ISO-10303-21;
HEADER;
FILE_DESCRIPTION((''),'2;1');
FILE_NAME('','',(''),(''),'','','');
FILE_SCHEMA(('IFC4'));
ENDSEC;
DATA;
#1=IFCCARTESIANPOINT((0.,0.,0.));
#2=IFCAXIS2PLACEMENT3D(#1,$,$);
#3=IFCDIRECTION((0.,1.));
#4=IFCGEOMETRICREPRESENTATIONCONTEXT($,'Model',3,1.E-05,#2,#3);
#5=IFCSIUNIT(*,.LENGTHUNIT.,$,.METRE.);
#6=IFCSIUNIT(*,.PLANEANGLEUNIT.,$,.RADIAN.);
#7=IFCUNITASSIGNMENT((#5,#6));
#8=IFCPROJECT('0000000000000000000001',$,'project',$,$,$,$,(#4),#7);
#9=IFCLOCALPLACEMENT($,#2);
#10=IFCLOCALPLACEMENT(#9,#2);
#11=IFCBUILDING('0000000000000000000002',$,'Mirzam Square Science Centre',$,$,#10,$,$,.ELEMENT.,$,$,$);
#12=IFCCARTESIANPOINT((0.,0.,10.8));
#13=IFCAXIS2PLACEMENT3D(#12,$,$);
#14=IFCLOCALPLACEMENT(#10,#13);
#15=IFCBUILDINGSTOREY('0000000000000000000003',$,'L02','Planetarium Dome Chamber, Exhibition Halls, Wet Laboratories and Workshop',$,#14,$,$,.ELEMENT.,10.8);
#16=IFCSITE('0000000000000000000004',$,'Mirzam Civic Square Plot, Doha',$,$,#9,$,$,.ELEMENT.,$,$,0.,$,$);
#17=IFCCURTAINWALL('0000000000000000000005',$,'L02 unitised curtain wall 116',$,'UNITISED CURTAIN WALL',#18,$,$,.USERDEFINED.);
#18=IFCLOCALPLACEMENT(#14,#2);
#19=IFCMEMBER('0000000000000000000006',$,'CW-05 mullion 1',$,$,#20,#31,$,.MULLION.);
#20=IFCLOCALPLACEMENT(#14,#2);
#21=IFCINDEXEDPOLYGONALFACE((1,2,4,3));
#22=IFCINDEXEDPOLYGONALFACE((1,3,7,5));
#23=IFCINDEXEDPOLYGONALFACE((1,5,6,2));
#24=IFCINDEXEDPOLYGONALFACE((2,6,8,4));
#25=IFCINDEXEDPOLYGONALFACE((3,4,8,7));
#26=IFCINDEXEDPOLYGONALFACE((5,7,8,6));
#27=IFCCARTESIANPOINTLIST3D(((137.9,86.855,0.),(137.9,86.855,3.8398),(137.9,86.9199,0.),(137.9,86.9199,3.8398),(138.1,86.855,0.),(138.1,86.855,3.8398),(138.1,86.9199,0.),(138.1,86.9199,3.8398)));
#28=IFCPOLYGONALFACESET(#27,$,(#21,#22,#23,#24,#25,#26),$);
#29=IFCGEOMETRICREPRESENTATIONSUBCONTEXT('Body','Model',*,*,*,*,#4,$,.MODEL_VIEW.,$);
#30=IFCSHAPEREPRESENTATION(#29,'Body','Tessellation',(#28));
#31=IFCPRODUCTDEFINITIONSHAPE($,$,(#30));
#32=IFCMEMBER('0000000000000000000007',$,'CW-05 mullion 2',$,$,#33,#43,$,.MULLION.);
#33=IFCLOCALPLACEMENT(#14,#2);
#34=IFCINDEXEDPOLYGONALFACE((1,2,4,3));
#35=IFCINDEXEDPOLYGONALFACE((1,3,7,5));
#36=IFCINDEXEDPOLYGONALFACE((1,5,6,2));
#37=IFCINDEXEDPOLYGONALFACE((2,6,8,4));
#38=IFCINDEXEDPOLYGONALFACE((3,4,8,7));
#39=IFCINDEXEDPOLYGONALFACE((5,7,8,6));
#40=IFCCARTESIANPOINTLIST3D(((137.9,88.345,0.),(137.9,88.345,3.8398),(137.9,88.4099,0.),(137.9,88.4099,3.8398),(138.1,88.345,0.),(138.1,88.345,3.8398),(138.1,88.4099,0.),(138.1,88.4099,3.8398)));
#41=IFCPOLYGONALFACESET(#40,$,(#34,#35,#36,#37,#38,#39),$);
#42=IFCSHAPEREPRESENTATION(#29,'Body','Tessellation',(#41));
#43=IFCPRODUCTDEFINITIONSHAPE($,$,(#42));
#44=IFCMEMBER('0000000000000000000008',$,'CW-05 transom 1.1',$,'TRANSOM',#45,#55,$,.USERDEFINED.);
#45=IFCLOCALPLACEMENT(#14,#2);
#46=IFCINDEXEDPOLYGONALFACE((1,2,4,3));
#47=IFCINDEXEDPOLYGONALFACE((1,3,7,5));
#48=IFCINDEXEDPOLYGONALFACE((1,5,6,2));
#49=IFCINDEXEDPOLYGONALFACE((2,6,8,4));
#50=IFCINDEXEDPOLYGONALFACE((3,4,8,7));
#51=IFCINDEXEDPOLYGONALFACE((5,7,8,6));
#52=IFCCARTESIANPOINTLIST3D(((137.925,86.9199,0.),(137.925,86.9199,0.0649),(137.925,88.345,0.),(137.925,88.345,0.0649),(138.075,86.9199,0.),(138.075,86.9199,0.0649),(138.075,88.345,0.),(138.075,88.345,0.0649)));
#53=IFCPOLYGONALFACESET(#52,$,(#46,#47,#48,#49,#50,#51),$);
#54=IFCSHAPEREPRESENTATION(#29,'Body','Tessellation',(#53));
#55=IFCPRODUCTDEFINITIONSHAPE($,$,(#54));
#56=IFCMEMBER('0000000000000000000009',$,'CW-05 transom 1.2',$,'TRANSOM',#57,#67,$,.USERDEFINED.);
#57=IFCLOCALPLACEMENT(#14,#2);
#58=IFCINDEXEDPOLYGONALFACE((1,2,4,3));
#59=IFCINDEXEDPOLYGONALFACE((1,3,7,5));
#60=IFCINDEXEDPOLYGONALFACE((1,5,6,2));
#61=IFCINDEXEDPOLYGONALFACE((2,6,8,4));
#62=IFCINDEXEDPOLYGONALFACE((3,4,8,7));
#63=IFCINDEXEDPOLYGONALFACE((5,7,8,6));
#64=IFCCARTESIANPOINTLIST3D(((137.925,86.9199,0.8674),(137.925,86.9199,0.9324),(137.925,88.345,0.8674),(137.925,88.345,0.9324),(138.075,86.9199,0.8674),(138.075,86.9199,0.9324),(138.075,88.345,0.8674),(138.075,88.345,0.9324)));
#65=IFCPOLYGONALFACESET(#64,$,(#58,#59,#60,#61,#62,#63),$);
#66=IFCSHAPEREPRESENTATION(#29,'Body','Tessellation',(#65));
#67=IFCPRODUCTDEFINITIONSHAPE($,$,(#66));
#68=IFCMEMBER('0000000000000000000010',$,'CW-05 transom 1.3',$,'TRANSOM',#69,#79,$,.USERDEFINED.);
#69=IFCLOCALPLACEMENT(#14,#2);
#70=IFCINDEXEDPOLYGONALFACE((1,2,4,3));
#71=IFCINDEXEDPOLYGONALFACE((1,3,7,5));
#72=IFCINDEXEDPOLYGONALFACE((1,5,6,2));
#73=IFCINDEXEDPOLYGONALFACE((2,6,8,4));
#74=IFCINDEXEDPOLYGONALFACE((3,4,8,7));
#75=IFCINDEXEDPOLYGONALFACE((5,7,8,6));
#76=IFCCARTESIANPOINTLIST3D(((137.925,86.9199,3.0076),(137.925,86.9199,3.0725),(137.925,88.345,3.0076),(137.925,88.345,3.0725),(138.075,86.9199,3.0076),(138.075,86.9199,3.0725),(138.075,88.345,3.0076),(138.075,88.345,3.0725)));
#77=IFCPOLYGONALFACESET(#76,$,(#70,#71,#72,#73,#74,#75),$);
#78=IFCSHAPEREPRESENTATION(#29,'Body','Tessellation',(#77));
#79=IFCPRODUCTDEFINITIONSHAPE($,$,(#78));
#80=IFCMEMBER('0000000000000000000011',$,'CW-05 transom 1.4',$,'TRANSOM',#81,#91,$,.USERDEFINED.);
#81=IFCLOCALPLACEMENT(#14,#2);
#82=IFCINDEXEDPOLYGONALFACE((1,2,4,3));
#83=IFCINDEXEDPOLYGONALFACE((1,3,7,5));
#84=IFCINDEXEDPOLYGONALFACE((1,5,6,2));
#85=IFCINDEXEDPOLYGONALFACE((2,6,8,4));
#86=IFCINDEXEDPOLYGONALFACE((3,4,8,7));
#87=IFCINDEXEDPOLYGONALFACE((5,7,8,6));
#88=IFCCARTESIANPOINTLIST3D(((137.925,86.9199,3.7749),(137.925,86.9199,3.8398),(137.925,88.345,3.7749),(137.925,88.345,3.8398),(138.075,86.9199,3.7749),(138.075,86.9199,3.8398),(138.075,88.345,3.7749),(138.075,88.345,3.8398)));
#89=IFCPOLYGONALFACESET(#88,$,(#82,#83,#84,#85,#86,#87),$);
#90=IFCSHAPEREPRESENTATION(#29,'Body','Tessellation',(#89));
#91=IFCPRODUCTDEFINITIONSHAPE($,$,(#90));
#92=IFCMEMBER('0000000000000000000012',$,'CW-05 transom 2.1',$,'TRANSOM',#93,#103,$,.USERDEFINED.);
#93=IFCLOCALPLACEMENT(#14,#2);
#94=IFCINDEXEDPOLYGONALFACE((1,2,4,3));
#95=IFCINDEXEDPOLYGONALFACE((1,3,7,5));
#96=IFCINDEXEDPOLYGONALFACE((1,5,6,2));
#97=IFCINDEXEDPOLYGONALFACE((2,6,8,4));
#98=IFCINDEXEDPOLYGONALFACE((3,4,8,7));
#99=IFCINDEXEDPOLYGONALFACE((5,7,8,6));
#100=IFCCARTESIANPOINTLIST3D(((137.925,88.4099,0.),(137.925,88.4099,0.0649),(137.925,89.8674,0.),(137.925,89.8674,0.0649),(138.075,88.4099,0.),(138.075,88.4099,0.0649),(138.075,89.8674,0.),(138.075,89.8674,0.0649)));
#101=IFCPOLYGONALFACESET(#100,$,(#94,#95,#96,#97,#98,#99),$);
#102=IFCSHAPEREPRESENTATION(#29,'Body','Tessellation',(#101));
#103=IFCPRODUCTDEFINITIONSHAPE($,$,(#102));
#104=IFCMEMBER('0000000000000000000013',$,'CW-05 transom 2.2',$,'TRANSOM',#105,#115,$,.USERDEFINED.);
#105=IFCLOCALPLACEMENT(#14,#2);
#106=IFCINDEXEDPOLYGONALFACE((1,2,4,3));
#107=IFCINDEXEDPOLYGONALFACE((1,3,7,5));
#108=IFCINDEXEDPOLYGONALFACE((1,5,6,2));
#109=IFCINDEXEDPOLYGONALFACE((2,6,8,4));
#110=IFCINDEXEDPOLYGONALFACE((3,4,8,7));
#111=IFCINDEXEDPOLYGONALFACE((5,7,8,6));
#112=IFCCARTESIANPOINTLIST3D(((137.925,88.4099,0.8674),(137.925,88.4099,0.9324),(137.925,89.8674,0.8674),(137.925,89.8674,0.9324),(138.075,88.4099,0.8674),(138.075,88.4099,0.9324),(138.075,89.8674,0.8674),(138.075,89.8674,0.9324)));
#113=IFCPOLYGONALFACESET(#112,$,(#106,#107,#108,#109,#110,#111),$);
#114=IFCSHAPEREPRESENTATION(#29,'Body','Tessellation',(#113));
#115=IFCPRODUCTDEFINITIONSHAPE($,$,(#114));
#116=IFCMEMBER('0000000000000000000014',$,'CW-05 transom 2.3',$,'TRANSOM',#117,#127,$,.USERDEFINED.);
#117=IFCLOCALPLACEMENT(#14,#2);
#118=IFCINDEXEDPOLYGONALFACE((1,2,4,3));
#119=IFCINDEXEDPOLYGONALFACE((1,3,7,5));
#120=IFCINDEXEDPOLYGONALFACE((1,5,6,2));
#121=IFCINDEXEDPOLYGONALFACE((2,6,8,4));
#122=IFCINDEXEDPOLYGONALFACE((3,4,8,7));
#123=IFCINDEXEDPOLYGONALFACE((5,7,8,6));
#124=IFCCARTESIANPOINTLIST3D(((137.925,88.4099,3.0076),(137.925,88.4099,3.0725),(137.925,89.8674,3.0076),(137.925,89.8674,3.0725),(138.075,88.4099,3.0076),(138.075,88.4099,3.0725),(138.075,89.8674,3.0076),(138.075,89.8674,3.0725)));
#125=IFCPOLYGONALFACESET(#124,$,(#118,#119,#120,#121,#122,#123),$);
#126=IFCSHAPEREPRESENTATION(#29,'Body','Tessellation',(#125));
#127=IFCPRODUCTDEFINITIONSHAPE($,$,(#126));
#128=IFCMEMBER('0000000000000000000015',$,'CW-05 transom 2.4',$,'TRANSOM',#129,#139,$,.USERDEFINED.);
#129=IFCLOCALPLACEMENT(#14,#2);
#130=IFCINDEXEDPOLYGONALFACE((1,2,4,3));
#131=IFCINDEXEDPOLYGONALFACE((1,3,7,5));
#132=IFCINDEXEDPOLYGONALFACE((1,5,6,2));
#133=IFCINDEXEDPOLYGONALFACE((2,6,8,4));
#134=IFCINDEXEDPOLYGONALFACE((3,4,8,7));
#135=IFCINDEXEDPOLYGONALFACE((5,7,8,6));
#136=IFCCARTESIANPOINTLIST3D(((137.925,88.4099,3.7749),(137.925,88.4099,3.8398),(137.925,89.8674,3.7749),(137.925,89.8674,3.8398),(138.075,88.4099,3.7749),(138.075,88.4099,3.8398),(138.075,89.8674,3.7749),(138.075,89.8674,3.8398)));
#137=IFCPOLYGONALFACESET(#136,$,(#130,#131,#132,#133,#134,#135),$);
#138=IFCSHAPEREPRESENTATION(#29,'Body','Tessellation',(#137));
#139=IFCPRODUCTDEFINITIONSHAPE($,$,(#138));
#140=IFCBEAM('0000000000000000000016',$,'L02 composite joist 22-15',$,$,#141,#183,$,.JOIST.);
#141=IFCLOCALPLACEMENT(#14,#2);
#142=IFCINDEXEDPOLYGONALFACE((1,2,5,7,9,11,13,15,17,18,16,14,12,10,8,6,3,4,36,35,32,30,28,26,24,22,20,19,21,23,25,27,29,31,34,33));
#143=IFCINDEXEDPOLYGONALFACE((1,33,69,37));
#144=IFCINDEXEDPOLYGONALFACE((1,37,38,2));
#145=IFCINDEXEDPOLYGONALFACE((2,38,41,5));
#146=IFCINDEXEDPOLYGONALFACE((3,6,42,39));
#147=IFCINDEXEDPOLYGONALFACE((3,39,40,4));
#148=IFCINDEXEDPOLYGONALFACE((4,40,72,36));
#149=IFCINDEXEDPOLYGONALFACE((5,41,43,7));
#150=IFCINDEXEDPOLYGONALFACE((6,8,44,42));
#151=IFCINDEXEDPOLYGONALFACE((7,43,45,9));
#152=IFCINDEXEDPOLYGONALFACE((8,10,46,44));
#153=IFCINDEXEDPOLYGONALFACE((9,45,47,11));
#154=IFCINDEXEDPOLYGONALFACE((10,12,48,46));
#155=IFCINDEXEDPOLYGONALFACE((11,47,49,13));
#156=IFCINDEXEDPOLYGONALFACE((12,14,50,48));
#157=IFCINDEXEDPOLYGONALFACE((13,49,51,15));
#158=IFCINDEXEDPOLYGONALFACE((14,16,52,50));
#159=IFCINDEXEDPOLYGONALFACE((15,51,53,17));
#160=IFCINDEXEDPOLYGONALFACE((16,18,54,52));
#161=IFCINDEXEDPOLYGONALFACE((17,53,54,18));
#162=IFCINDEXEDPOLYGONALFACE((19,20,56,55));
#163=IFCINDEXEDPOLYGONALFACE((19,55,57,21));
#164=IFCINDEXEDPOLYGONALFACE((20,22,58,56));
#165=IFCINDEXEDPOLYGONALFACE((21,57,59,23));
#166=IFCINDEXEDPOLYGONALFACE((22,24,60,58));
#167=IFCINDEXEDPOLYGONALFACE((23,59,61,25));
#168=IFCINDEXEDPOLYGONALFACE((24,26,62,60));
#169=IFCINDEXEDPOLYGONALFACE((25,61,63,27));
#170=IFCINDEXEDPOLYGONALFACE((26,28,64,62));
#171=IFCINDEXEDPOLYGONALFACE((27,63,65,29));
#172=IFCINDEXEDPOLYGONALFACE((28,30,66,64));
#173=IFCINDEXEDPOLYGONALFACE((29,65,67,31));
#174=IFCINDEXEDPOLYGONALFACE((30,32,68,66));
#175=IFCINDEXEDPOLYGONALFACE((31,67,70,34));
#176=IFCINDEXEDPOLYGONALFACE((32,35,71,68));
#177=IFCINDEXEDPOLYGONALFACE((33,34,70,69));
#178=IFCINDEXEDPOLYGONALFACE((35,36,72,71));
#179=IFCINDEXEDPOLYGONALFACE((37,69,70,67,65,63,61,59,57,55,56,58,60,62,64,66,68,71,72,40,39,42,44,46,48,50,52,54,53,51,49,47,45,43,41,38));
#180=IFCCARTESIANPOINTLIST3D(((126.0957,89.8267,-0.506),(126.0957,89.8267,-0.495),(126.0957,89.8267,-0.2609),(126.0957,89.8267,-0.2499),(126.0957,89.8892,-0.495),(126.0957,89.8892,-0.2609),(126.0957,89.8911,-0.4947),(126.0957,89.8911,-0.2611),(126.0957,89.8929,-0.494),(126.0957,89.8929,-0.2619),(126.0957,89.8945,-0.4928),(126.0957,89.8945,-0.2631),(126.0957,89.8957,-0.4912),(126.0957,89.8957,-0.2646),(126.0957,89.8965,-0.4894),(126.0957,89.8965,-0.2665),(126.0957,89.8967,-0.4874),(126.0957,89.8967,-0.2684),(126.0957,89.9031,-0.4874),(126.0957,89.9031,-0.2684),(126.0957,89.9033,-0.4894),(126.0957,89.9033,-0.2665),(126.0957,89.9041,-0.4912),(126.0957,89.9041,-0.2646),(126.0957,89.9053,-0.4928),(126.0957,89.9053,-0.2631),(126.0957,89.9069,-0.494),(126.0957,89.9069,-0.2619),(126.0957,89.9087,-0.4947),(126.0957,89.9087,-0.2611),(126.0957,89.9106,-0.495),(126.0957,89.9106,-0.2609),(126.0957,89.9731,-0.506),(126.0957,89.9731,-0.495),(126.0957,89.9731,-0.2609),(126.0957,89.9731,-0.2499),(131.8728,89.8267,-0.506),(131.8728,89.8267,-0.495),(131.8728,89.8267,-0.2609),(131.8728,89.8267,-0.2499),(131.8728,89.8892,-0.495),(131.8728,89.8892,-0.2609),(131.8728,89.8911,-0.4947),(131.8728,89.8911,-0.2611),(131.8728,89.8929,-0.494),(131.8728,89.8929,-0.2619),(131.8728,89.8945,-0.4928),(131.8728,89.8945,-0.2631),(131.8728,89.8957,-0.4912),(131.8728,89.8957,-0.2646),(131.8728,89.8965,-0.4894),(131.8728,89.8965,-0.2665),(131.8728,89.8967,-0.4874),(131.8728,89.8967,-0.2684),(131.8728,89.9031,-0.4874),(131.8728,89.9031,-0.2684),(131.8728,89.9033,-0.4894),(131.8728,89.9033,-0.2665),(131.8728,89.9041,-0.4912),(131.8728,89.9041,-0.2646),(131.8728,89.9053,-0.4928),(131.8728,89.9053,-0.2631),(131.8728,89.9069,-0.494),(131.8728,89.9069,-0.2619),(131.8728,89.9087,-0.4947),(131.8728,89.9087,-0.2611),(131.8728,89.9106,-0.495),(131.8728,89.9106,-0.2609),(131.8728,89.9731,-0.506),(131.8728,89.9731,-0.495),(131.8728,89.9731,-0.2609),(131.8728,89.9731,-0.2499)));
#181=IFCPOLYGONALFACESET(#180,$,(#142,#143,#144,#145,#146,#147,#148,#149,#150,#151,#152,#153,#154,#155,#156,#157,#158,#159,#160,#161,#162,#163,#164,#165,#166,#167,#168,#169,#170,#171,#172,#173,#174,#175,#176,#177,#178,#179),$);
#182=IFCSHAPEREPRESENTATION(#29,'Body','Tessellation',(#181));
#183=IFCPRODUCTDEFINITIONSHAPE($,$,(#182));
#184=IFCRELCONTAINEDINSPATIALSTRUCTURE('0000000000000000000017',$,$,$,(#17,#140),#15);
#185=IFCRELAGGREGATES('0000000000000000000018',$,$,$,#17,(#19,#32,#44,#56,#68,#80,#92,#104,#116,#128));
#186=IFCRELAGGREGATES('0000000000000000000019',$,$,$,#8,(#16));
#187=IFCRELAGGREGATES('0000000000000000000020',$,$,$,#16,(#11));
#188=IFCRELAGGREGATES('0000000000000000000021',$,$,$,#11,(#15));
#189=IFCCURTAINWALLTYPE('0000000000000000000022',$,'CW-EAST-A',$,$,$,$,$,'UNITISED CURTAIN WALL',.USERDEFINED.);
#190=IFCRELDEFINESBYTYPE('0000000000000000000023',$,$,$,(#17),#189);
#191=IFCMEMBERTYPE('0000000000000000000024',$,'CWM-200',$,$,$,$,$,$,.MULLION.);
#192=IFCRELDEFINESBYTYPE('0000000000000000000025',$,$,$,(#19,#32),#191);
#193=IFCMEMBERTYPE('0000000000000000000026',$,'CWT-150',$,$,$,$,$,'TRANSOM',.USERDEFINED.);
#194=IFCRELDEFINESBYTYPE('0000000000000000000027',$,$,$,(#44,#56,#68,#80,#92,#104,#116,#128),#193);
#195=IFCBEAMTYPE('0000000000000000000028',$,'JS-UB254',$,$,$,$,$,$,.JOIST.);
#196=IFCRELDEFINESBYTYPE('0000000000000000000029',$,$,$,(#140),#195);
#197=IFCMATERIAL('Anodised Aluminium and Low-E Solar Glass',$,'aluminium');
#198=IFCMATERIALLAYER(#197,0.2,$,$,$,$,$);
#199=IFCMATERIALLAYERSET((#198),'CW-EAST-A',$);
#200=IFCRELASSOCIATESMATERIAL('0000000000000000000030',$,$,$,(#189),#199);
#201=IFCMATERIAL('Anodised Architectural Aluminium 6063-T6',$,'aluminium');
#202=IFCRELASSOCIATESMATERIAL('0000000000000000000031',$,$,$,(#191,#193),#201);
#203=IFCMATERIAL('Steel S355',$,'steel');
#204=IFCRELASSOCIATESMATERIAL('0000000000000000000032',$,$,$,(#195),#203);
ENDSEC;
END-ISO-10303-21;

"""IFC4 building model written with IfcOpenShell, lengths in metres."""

from ifc_helpers import new_model, si_unit, direction, frame, origin, origin_2d, place, context, subcontext, project, spatial, rectangle, i_section, extrude, material, layer, layer_set, material_profile, profile_set, type_object, element, aggregate, save


model = new_model("IFC4")

# Units and contexts
model_context = context("Model", 3, precision=1e-05, world=origin(), true_north=direction((0.0, 1.0)))
body_context = subcontext(model_context, "Body", "Model", "MODEL_VIEW")
ifc_project = project(units=[si_unit("LENGTHUNIT", "METRE"), si_unit("PLANEANGLEUNIT", "RADIAN")], contexts=[model_context])

# Site, building, storey
site_placement = place(None, origin())
site = spatial("IfcSite", under=ifc_project, at=site_placement, Name="Mirzam Civic Square Plot, Doha", CompositionType="ELEMENT", RefElevation=0.0)
building_placement = place(site_placement, origin())
building = spatial("IfcBuilding", under=site, at=building_placement, Name="Mirzam Square Science Centre", CompositionType="ELEMENT")
storey_placement = place(building_placement, frame((0.0, 0.0, 10.8)))
storey = spatial("IfcBuildingStorey", under=building, at=storey_placement, Name="L02", Description="Planetarium Dome Chamber, Exhibition Halls, Wet Laboratories and Workshop", CompositionType="ELEMENT", Elevation=10.8)

# Shared definitions
ifc_material_1 = material(Name="Steel S355", Category="steel")

# Curtain wall, members
ifc_material_2 = material(Name="Anodised Aluminium and Low-E Solar Glass", Category="aluminium")
ifc_layer_1 = layer(ifc_material_2, 0.2)
ifc_layer_set_1 = layer_set([ifc_layer_1], Name="CW-EAST-A")
curtain_wall_type = type_object("IfcCurtainWallType", Name="CW-EAST-A", ElementType="UNITISED CURTAIN WALL", PredefinedType="USERDEFINED", material=ifc_layer_set_1)
curtain_wall_placement = place(storey_placement, origin())
curtain_wall = element("IfcCurtainWall", 1, at=curtain_wall_placement, inside=storey, type_object=curtain_wall_type, Name="L02 unitised curtain wall 116", ObjectType="UNITISED CURTAIN WALL", PredefinedType="USERDEFINED")
ifc_material_3 = material(Name="Anodised Architectural Aluminium 6063-T6", Category="aluminium")
ifc_material_profile_1 = material_profile(ifc_material_3, rectangle(XDim=0.0649, YDim=0.2, at=origin_2d()), Name="ALU-MULL-200x65x5")
ifc_profile_set_1 = profile_set([ifc_material_profile_1], Name="Anodised Architectural Aluminium 6063-T6")
member_type_1 = type_object("IfcMemberType", Name="CWM-200", PredefinedType="MULLION", material=ifc_profile_set_1)
member_1_placement = place(storey_placement, frame((138.0, 86.8875, 0.0), z_axis=(0.0, 0.0, 1.0), x_axis=(0.0, 1.0, 0.0)))
member_1 = element("IfcMember", 2, at=member_1_placement, type_object=member_type_1, Name="CW-05 mullion 1", PredefinedType="MULLION", context=body_context, shape_type="SweptSolid", body=[
    extrude(rectangle(XDim=0.0649, YDim=0.2, at=origin_2d()), origin(), (0.0, 0.0, 1.0), 3.8398),
])
member_2_placement = place(storey_placement, frame((138.0, 88.3774, 0.0), z_axis=(0.0, 0.0, 1.0), x_axis=(0.0, 1.0, 0.0)))
member_2 = element("IfcMember", 3, at=member_2_placement, type_object=member_type_1, Name="CW-05 mullion 2", PredefinedType="MULLION", context=body_context, shape_type="SweptSolid", body=[
    extrude(rectangle(XDim=0.0649, YDim=0.2, at=origin_2d()), origin(), (0.0, 0.0, 1.0), 3.8398),
])
ifc_material_profile_2 = material_profile(ifc_material_3, rectangle(XDim=0.1499, YDim=0.0649, at=origin_2d()), Name="ALU-TRAN-150x65x4")
ifc_profile_set_2 = profile_set([ifc_material_profile_2], Name="Anodised Architectural Aluminium 6063-T6")
member_type_2 = type_object("IfcMemberType", Name="CWT-150", ElementType="TRANSOM", PredefinedType="USERDEFINED", material=ifc_profile_set_2)
member_3_placement = place(storey_placement, frame((138.0, 86.9199, 0.0325), z_axis=(0.0, 1.0, 0.0), x_axis=(-1.0, 0.0, 0.0)))
member_3 = element("IfcMember", 4, at=member_3_placement, type_object=member_type_2, Name="CW-05 transom 1.1", ObjectType="TRANSOM", PredefinedType="USERDEFINED", context=body_context, shape_type="SweptSolid", body=[
    extrude(rectangle(XDim=0.1499, YDim=0.0649, at=origin_2d()), origin(), (0.0, 0.0, 1.0), 1.425),
])
member_4_placement = place(storey_placement, frame((138.0, 86.9199, 0.8999), z_axis=(0.0, 1.0, 0.0), x_axis=(-1.0, 0.0, 0.0)))
member_4 = element("IfcMember", 5, at=member_4_placement, type_object=member_type_2, Name="CW-05 transom 1.2", ObjectType="TRANSOM", PredefinedType="USERDEFINED", context=body_context, shape_type="SweptSolid", body=[
    extrude(rectangle(XDim=0.1499, YDim=0.0649, at=origin_2d()), origin(), (0.0, 0.0, 1.0), 1.425),
])
member_5_placement = place(storey_placement, frame((138.0, 86.9199, 3.04), z_axis=(0.0, 1.0, 0.0), x_axis=(-1.0, 0.0, 0.0)))
member_5 = element("IfcMember", 6, at=member_5_placement, type_object=member_type_2, Name="CW-05 transom 1.3", ObjectType="TRANSOM", PredefinedType="USERDEFINED", context=body_context, shape_type="SweptSolid", body=[
    extrude(rectangle(XDim=0.1499, YDim=0.0649, at=origin_2d()), origin(), (0.0, 0.0, 1.0), 1.425),
])
member_6_placement = place(storey_placement, frame((138.0, 86.9199, 3.8074), z_axis=(0.0, 1.0, 0.0), x_axis=(-1.0, 0.0, 0.0)))
member_6 = element("IfcMember", 7, at=member_6_placement, type_object=member_type_2, Name="CW-05 transom 1.4", ObjectType="TRANSOM", PredefinedType="USERDEFINED", context=body_context, shape_type="SweptSolid", body=[
    extrude(rectangle(XDim=0.1499, YDim=0.0649, at=origin_2d()), origin(), (0.0, 0.0, 1.0), 1.425),
])
member_7_placement = place(storey_placement, frame((138.0, 88.4099, 0.0325), z_axis=(0.0, 1.0, 0.0), x_axis=(-1.0, 0.0, 0.0)))
member_7 = element("IfcMember", 8, at=member_7_placement, type_object=member_type_2, Name="CW-05 transom 2.1", ObjectType="TRANSOM", PredefinedType="USERDEFINED", context=body_context, shape_type="SweptSolid", body=[
    extrude(rectangle(XDim=0.1499, YDim=0.0649, at=origin_2d()), origin(), (0.0, 0.0, 1.0), 1.4575),
])
member_8_placement = place(storey_placement, frame((138.0, 88.4099, 0.8999), z_axis=(0.0, 1.0, 0.0), x_axis=(-1.0, 0.0, 0.0)))
member_8 = element("IfcMember", 9, at=member_8_placement, type_object=member_type_2, Name="CW-05 transom 2.2", ObjectType="TRANSOM", PredefinedType="USERDEFINED", context=body_context, shape_type="SweptSolid", body=[
    extrude(rectangle(XDim=0.1499, YDim=0.0649, at=origin_2d()), origin(), (0.0, 0.0, 1.0), 1.4575),
])
member_9_placement = place(storey_placement, frame((138.0, 88.4099, 3.04), z_axis=(0.0, 1.0, 0.0), x_axis=(-1.0, 0.0, 0.0)))
member_9 = element("IfcMember", 10, at=member_9_placement, type_object=member_type_2, Name="CW-05 transom 2.3", ObjectType="TRANSOM", PredefinedType="USERDEFINED", context=body_context, shape_type="SweptSolid", body=[
    extrude(rectangle(XDim=0.1499, YDim=0.0649, at=origin_2d()), origin(), (0.0, 0.0, 1.0), 1.4575),
])
member_10_placement = place(storey_placement, frame((138.0, 88.4099, 3.8074), z_axis=(0.0, 1.0, 0.0), x_axis=(-1.0, 0.0, 0.0)))
member_10 = element("IfcMember", 11, at=member_10_placement, type_object=member_type_2, Name="CW-05 transom 2.4", ObjectType="TRANSOM", PredefinedType="USERDEFINED", context=body_context, shape_type="SweptSolid", body=[
    extrude(rectangle(XDim=0.1499, YDim=0.0649, at=origin_2d()), origin(), (0.0, 0.0, 1.0), 1.4575),
])

# Beam
ifc_material_profile_3 = material_profile(ifc_material_1, i_section(OverallWidth=0.1465, OverallDepth=0.2561, WebThickness=0.0063, FlangeThickness=0.011, FilletRadius=0.0076, at=origin_2d()), Name="254x146x37UB")
ifc_profile_set_3 = profile_set([ifc_material_profile_3], Name="Steel S355")
beam_type_1 = type_object("IfcBeamType", Name="JS-UB254", PredefinedType="JOIST", material=ifc_profile_set_3)
beam_1_placement = place(storey_placement, frame((126.0957, 89.8999, -0.3779), z_axis=(1.0, 0.0, 0.0), x_axis=(0.0, 1.0, 0.0)))
element("IfcBeam", 12, at=beam_1_placement, inside=storey, type_object=beam_type_1, Name="L02 composite joist 22-15", PredefinedType="JOIST", context=body_context, shape_type="SweptSolid", body=[
    extrude(i_section(OverallWidth=0.1465, OverallDepth=0.2561, WebThickness=0.0063, FlangeThickness=0.011, FilletRadius=0.0076, at=origin_2d()), origin(), (0.0, 0.0, 1.0), 5.7771),
])

aggregate(curtain_wall, [member_1, member_2, member_3, member_4, member_5, member_6, member_7, member_8, member_9, member_10])

save(model, "model.ifc")
